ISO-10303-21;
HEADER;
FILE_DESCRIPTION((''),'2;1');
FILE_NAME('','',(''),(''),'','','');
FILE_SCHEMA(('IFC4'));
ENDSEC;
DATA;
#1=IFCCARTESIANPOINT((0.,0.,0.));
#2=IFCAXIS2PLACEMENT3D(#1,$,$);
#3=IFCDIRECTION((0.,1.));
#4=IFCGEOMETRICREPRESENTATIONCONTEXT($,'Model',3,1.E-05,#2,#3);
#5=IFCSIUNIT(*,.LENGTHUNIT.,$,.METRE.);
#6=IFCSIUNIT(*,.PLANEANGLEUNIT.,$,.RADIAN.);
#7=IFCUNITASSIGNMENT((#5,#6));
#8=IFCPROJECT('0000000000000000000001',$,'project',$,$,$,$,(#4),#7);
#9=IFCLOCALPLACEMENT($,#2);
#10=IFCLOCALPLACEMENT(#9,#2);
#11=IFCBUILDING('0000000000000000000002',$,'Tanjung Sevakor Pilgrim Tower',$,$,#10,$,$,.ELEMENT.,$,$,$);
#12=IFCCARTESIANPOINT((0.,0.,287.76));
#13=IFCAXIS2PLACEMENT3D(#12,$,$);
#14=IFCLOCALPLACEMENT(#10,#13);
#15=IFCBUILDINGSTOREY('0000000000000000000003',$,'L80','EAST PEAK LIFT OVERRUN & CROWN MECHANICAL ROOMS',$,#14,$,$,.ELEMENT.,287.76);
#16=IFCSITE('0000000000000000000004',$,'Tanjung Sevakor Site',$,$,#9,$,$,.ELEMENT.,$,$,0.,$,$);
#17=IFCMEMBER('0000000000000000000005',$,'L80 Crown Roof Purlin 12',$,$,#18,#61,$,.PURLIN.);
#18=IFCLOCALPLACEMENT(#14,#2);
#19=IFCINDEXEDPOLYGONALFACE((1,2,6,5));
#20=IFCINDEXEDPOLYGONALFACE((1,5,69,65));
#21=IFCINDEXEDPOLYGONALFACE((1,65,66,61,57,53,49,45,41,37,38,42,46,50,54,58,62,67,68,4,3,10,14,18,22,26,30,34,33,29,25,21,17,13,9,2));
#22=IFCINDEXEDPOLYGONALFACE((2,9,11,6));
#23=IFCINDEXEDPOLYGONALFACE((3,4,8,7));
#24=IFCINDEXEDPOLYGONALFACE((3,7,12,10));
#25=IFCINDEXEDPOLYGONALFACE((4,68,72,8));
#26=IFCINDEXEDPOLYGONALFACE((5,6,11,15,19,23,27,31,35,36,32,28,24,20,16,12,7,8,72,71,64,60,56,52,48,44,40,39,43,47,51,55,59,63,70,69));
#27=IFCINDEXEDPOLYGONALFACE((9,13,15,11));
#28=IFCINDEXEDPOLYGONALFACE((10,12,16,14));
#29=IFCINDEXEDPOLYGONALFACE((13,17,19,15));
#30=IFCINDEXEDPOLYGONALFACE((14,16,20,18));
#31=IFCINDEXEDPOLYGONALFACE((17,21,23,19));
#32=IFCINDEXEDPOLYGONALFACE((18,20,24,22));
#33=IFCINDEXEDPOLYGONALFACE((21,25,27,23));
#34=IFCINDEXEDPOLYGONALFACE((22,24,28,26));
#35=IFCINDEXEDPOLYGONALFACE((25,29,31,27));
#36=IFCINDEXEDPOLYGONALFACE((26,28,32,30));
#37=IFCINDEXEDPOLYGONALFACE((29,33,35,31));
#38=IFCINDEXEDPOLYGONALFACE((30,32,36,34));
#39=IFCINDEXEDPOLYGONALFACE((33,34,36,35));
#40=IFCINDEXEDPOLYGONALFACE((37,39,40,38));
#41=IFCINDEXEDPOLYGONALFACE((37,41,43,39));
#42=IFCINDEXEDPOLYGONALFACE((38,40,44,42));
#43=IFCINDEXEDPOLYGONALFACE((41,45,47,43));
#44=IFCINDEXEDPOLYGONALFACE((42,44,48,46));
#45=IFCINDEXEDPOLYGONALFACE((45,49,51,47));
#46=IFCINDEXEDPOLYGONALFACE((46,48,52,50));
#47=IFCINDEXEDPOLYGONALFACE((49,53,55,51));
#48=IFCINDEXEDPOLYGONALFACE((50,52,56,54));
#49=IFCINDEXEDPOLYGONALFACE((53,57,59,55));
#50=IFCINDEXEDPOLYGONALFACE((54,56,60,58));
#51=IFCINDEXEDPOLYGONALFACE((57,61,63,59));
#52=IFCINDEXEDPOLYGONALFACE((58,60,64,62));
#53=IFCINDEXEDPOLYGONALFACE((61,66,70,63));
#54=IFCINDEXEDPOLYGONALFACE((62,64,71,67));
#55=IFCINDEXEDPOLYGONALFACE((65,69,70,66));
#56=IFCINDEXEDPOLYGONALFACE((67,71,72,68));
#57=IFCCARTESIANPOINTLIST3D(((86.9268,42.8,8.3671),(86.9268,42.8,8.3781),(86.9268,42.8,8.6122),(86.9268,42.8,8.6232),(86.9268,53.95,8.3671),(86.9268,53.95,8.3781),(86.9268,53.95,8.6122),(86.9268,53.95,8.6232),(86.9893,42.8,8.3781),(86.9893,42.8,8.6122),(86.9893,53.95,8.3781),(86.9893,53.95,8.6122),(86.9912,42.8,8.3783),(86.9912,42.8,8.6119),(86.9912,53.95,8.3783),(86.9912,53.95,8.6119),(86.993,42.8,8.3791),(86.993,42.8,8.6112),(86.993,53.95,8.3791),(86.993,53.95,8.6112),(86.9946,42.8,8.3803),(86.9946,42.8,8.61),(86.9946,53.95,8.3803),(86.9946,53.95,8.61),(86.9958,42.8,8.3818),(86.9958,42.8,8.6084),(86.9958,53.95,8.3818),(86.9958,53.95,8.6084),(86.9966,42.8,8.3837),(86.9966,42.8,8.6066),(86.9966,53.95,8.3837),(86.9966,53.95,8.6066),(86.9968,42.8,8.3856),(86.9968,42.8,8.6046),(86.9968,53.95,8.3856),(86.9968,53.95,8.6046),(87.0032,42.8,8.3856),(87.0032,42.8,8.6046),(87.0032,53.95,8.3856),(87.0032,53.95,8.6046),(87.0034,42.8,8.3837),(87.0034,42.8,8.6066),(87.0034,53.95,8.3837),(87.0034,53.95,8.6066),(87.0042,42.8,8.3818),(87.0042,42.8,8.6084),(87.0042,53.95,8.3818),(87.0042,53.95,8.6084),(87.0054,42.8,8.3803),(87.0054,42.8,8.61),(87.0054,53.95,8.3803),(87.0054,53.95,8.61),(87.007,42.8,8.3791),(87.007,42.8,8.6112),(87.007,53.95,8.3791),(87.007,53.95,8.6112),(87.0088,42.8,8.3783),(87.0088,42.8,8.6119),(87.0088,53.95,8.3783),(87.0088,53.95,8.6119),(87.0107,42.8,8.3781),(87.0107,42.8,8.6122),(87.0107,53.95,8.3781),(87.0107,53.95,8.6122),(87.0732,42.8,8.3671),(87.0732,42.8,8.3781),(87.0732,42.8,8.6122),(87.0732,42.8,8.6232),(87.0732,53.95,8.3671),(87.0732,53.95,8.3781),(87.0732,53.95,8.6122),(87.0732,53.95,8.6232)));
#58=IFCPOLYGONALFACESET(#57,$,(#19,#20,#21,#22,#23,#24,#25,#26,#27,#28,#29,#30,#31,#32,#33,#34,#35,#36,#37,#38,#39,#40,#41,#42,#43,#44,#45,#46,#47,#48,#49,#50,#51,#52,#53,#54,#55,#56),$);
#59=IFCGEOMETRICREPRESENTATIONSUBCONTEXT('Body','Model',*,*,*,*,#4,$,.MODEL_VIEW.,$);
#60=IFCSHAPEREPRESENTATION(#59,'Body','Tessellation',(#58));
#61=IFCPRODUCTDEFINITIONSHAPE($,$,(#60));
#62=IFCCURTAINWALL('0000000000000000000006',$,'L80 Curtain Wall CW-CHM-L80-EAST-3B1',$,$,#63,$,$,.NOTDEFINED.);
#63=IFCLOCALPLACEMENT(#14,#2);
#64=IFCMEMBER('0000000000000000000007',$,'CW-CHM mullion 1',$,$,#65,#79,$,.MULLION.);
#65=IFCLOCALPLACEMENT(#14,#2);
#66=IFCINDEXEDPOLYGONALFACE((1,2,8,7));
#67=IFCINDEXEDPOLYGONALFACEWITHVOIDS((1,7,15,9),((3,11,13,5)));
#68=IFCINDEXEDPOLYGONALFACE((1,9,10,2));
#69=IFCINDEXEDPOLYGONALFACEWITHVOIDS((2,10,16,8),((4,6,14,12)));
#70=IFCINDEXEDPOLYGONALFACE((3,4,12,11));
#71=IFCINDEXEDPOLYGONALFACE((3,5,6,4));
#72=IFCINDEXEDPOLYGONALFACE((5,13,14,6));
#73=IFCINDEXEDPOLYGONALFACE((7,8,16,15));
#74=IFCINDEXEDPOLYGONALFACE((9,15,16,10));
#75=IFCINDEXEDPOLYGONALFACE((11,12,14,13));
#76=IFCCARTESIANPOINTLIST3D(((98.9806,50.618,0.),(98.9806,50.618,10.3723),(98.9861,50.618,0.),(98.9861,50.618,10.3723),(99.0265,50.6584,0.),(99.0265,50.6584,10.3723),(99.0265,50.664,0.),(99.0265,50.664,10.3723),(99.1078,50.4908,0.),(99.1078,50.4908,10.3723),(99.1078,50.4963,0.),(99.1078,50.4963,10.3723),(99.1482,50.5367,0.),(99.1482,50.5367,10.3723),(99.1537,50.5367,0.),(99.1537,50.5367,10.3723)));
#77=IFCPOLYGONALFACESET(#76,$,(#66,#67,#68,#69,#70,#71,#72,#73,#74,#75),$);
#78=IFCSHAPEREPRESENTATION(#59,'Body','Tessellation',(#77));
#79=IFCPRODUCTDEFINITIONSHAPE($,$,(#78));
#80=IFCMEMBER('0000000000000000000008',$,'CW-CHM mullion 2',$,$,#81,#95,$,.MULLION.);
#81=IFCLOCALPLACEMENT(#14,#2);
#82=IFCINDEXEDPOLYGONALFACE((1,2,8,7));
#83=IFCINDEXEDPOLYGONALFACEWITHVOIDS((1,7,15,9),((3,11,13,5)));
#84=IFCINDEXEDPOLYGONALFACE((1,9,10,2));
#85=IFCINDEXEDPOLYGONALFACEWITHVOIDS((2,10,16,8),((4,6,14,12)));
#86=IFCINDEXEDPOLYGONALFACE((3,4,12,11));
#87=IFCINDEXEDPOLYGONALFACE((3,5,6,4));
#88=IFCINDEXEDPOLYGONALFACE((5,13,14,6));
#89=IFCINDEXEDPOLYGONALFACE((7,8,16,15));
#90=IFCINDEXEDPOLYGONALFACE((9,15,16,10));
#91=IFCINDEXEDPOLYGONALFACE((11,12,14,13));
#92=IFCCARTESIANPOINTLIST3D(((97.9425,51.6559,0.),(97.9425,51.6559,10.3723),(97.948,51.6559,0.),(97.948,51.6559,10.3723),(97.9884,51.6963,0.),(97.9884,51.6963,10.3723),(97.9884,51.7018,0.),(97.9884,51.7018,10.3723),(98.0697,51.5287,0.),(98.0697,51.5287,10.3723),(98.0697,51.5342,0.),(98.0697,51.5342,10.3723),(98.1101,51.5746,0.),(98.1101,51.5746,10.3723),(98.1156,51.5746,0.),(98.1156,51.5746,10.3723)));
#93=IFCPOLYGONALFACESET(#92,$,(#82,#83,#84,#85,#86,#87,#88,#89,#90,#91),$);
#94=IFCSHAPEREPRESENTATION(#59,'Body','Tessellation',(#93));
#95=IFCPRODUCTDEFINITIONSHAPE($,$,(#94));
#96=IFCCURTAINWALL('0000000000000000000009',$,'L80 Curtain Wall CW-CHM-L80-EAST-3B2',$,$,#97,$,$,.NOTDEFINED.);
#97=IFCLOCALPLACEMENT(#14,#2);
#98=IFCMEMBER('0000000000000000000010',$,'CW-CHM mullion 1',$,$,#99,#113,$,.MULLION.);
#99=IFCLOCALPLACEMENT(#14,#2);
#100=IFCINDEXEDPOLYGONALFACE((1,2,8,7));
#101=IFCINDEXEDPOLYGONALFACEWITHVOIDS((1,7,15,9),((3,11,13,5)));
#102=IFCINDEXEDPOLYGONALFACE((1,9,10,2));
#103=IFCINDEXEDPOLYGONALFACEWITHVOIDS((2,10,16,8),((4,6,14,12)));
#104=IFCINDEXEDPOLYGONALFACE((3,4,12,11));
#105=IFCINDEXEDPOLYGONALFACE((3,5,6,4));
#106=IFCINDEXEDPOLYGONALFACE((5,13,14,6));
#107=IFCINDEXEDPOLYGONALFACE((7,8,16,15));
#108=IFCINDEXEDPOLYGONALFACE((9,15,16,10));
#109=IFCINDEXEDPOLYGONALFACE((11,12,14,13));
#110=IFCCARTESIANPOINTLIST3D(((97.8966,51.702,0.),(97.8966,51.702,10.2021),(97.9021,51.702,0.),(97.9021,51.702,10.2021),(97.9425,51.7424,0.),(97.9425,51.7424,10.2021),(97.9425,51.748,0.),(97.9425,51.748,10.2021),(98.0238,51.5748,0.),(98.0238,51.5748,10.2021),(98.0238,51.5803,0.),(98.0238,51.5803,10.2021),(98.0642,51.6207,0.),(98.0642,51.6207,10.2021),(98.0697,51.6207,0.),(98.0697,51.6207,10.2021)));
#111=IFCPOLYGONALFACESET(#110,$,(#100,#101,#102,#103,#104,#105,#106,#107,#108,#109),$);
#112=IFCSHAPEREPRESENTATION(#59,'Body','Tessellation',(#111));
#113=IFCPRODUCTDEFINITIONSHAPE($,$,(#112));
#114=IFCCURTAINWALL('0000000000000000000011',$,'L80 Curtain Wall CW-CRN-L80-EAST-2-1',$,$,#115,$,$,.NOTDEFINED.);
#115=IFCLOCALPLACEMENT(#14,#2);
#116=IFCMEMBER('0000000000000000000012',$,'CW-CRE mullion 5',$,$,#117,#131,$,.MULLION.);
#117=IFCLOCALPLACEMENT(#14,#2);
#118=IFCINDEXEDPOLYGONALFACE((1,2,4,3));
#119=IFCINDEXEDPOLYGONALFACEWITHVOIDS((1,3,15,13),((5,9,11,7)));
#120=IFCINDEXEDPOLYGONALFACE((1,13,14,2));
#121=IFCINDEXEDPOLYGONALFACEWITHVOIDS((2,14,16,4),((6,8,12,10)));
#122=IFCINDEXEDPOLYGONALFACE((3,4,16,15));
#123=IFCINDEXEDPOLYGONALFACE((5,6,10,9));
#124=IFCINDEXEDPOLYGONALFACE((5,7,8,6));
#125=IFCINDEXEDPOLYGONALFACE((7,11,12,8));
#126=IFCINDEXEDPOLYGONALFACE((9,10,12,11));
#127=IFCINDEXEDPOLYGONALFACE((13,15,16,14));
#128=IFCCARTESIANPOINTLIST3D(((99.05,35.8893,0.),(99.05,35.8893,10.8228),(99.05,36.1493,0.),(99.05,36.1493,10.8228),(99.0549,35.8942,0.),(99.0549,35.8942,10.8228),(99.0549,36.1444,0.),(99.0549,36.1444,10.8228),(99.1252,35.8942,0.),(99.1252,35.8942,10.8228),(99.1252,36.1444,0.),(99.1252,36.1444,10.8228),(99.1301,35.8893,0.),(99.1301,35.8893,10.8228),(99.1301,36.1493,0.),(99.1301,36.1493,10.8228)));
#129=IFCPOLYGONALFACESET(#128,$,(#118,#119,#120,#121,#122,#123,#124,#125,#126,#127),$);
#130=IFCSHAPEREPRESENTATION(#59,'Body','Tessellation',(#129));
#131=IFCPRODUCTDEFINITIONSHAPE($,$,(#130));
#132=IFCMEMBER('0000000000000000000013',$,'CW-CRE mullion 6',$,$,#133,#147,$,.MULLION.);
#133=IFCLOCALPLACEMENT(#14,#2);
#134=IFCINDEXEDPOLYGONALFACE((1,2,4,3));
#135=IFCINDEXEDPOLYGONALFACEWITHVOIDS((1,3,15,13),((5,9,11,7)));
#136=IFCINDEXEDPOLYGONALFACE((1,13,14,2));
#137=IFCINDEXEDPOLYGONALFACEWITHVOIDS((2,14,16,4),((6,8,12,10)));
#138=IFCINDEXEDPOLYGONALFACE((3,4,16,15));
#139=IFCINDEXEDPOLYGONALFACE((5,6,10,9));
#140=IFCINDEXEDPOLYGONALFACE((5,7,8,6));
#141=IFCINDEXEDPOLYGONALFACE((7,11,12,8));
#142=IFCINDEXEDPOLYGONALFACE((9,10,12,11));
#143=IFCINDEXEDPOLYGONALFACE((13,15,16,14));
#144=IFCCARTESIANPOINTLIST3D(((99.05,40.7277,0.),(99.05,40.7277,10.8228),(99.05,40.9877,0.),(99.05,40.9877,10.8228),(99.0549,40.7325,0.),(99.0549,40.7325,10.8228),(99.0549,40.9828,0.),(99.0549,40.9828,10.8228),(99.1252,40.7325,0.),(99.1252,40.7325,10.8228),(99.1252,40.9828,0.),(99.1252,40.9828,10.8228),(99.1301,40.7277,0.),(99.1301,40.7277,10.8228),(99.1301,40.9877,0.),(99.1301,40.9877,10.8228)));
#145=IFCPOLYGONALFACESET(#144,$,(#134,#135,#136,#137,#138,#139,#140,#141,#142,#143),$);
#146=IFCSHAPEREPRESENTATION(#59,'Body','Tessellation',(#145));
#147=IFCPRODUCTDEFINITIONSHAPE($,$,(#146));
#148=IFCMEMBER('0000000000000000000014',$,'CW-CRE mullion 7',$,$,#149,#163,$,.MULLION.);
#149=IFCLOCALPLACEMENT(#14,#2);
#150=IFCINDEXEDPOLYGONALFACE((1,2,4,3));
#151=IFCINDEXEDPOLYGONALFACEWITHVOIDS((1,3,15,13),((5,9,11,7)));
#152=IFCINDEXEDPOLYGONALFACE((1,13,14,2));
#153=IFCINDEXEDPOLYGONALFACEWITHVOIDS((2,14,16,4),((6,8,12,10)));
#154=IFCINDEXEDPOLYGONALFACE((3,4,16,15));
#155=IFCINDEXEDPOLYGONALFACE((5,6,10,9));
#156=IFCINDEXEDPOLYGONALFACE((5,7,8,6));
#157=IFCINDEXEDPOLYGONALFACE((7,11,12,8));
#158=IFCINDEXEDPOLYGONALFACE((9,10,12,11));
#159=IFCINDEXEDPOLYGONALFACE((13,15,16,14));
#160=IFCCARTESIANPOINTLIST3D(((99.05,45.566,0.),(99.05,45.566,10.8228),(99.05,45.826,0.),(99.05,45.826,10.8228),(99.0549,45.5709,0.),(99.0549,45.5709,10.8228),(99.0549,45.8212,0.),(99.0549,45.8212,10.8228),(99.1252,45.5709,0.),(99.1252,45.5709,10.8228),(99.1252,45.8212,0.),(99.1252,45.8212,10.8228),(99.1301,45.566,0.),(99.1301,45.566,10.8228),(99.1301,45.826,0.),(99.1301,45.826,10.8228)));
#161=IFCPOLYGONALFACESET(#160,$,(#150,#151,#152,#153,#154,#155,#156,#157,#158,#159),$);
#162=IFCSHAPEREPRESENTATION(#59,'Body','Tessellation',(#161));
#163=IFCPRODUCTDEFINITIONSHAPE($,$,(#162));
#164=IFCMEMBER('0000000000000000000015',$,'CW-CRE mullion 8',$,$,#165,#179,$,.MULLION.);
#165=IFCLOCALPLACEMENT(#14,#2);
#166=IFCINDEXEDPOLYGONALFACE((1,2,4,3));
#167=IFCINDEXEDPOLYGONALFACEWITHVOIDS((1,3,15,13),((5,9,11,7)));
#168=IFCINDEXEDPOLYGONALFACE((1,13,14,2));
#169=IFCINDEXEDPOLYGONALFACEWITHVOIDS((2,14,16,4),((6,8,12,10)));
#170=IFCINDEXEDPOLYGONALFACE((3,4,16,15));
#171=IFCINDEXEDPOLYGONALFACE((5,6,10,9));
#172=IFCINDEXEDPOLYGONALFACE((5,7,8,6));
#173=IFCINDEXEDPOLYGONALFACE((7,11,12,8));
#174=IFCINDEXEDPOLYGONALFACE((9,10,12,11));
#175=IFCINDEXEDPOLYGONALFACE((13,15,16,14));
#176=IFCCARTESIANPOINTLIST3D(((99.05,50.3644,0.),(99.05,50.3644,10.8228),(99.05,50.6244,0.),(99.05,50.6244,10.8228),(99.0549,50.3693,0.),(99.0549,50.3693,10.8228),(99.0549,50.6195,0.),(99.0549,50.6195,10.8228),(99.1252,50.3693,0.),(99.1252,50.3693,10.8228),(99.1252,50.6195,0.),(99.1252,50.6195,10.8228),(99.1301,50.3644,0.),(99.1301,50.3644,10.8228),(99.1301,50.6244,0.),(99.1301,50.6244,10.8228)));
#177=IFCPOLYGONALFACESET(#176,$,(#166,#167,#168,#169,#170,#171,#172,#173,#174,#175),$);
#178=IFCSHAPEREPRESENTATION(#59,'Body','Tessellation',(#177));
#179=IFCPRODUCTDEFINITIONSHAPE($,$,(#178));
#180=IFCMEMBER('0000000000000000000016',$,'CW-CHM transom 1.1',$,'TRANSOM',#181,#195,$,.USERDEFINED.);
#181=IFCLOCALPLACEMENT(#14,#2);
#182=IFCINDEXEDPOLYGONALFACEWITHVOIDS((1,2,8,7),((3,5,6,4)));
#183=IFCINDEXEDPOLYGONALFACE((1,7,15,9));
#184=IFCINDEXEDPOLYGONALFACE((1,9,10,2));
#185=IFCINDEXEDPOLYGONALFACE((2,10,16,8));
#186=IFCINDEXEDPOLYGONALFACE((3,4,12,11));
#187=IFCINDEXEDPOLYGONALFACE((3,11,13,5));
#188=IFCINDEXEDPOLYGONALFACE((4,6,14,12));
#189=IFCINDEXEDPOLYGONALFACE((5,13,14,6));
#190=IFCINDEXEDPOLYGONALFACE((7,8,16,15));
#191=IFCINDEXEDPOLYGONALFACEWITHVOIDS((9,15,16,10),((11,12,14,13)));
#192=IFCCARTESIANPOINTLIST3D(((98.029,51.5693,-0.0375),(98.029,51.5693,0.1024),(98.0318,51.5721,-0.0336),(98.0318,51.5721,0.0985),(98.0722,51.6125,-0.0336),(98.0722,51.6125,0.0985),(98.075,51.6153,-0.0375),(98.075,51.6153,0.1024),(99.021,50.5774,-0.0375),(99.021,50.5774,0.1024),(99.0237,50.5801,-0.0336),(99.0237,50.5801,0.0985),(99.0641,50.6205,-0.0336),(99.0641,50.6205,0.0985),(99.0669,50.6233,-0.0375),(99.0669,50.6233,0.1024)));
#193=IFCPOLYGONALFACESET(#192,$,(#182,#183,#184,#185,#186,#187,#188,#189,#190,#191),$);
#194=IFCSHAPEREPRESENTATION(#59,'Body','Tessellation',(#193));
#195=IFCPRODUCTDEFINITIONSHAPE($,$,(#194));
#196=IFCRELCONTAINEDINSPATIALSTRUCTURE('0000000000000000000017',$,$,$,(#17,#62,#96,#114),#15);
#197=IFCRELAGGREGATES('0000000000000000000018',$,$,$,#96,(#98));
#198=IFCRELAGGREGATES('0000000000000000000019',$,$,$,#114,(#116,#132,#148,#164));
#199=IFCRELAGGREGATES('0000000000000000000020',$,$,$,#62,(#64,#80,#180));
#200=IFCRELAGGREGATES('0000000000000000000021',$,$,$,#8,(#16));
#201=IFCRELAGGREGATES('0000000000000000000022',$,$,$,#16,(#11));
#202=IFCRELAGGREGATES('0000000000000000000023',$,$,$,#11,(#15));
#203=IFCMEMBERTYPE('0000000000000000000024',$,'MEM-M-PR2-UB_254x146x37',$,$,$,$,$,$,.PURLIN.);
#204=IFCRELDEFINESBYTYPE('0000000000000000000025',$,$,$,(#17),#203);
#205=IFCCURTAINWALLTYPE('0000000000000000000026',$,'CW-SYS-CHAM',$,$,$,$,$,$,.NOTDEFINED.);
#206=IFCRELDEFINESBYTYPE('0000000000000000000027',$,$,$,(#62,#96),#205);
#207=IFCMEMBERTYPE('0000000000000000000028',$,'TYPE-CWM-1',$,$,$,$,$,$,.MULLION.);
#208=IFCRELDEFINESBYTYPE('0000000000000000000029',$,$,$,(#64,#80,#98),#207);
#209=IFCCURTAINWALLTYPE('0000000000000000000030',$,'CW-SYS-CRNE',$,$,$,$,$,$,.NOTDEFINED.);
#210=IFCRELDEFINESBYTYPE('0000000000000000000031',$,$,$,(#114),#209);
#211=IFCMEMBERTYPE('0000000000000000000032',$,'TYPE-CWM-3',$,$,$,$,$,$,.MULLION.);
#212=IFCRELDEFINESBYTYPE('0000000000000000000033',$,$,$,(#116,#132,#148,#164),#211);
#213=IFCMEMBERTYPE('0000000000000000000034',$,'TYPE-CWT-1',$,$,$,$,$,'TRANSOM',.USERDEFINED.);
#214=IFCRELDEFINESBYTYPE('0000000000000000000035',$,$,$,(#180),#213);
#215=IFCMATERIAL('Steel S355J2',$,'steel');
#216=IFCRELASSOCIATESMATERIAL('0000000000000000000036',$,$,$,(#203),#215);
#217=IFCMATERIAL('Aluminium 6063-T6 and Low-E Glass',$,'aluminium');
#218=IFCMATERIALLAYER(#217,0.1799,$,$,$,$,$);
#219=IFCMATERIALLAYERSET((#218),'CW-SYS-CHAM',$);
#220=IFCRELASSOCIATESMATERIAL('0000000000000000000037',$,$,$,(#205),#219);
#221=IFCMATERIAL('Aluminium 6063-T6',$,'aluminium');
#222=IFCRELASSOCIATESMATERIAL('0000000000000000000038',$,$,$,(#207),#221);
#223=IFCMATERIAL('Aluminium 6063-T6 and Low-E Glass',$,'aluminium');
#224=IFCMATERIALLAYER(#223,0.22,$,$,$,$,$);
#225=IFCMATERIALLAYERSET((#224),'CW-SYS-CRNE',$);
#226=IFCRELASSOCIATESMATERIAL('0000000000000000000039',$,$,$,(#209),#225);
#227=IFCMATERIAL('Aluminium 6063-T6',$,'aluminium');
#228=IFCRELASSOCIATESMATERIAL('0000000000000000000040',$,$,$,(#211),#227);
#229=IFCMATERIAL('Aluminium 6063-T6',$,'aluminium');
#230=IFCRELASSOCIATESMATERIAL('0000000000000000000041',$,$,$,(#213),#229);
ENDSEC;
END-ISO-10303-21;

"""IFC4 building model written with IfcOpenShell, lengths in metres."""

from ifc_helpers import new_model, si_unit, direction, frame, origin, origin_2d, place, context, subcontext, project, spatial, hollow_rectangle, i_section, extrude, material, layer, layer_set, material_profile, profile_set, type_object, element, aggregate, save


model = new_model("IFC4")

# Units and contexts
model_context = context("Model", 3, precision=1e-05, world=origin(), true_north=direction((0.0, 1.0)))
body_context = subcontext(model_context, "Body", "Model", "MODEL_VIEW")
ifc_project = project(units=[si_unit("LENGTHUNIT", "METRE"), si_unit("PLANEANGLEUNIT", "RADIAN")], contexts=[model_context])

# Site, building, storey
site_placement = place(None, origin())
site = spatial("IfcSite", under=ifc_project, at=site_placement, Name="Tanjung Sevakor Site", CompositionType="ELEMENT", RefElevation=0.0)
building_placement = place(site_placement, origin())
building = spatial("IfcBuilding", under=site, at=building_placement, Name="Tanjung Sevakor Pilgrim Tower", CompositionType="ELEMENT")
storey_placement = place(building_placement, frame((0.0, 0.0, 287.76)))
storey = spatial("IfcBuildingStorey", under=building, at=storey_placement, Name="L80", Description="EAST PEAK LIFT OVERRUN & CROWN MECHANICAL ROOMS", CompositionType="ELEMENT", Elevation=287.76)

# Member
ifc_material_1 = material(Name="Steel S355J2", Category="steel")
ifc_material_profile_1 = material_profile(ifc_material_1, i_section(OverallWidth=0.1465, OverallDepth=0.2561, WebThickness=0.0063, FlangeThickness=0.011, FilletRadius=0.0076, at=origin_2d()))
ifc_profile_set_1 = profile_set([ifc_material_profile_1], Name="Steel S355J2")
member_type_1 = type_object("IfcMemberType", Name="MEM-M-PR2-UB_254x146x37", PredefinedType="PURLIN", material=ifc_profile_set_1)
member_1_placement = place(storey_placement, frame((87.0, 42.8, 8.4951), z_axis=(0.0, 1.0, 0.0), x_axis=(-1.0, 0.0, 0.0)))
element("IfcMember", 1, at=member_1_placement, inside=storey, type_object=member_type_1, Name="L80 Crown Roof Purlin 12", PredefinedType="PURLIN", context=body_context, shape_type="SweptSolid", body=[
    extrude(i_section(OverallWidth=0.1465, OverallDepth=0.2561, WebThickness=0.0063, FlangeThickness=0.011, FilletRadius=0.0076, at=origin_2d()), origin(), (0.0, 0.0, 1.0), 11.1499),
])

# Curtain wall, members
ifc_material_2 = material(Name="Aluminium 6063-T6 and Low-E Glass", Category="aluminium")
ifc_layer_1 = layer(ifc_material_2, 0.1799)
ifc_layer_set_1 = layer_set([ifc_layer_1], Name="CW-SYS-CHAM")
curtain_wall_type_1 = type_object("IfcCurtainWallType", Name="CW-SYS-CHAM", PredefinedType="NOTDEFINED", material=ifc_layer_set_1)
curtain_wall_1_placement = place(storey_placement, origin())
curtain_wall_1 = element("IfcCurtainWall", 2, at=curtain_wall_1_placement, inside=storey, type_object=curtain_wall_type_1, Name="L80 Curtain Wall CW-CHM-L80-EAST-3B1", PredefinedType="NOTDEFINED")
ifc_material_3 = material(Name="Aluminium 6063-T6", Category="aluminium")
ifc_material_profile_2 = material_profile(ifc_material_3, hollow_rectangle(XDim=0.0649, YDim=0.1799, WallThickness=0.0039, at=origin_2d()))
ifc_profile_set_2 = profile_set([ifc_material_profile_2], Name="Aluminium 6063-T6")
member_type_2 = type_object("IfcMemberType", Name="TYPE-CWM-1", PredefinedType="MULLION", material=ifc_profile_set_2)
member_2_placement = place(storey_placement, frame((99.0671, 50.5774, 0.0), z_axis=(0.0, 0.0, 1.0), x_axis=(-0.707107, -0.707107, 0.0)))
member_2 = element("IfcMember", 3, at=member_2_placement, type_object=member_type_2, Name="CW-CHM mullion 1", PredefinedType="MULLION", context=body_context, shape_type="SweptSolid", body=[
    extrude(hollow_rectangle(XDim=0.0649, YDim=0.1799, WallThickness=0.0039, at=origin_2d()), origin(), (0.0, 0.0, 1.0), 10.3723),
])
member_3_placement = place(storey_placement, frame((98.0291, 51.6152, 0.0), z_axis=(0.0, 0.0, 1.0), x_axis=(-0.707107, -0.707107, 0.0)))
member_3 = element("IfcMember", 4, at=member_3_placement, type_object=member_type_2, Name="CW-CHM mullion 2", PredefinedType="MULLION", context=body_context, shape_type="SweptSolid", body=[
    extrude(hollow_rectangle(XDim=0.0649, YDim=0.1799, WallThickness=0.0039, at=origin_2d()), origin(), (0.0, 0.0, 1.0), 10.3723),
])

# Curtain wall, member
curtain_wall_2_placement = place(storey_placement, origin())
curtain_wall_2 = element("IfcCurtainWall", 5, at=curtain_wall_2_placement, inside=storey, type_object=curtain_wall_type_1, Name="L80 Curtain Wall CW-CHM-L80-EAST-3B2", PredefinedType="NOTDEFINED")
member_4_placement = place(storey_placement, frame((97.9832, 51.6614, 0.0), z_axis=(0.0, 0.0, 1.0), x_axis=(-0.707107, -0.707107, 0.0)))
member_4 = element("IfcMember", 6, at=member_4_placement, type_object=member_type_2, Name="CW-CHM mullion 1", PredefinedType="MULLION", context=body_context, shape_type="SweptSolid", body=[
    extrude(hollow_rectangle(XDim=0.0649, YDim=0.1799, WallThickness=0.0039, at=origin_2d()), origin(), (0.0, 0.0, 1.0), 10.2021),
])
aggregate(curtain_wall_2, [member_4])

# Curtain wall, members
ifc_material_4 = material(Name="Aluminium 6063-T6 and Low-E Glass", Category="aluminium")
ifc_layer_2 = layer(ifc_material_4, 0.22)
ifc_layer_set_2 = layer_set([ifc_layer_2], Name="CW-SYS-CRNE")
curtain_wall_type_2 = type_object("IfcCurtainWallType", Name="CW-SYS-CRNE", PredefinedType="NOTDEFINED", material=ifc_layer_set_2)
curtain_wall_3_placement = place(storey_placement, origin())
curtain_wall_3 = element("IfcCurtainWall", 7, at=curtain_wall_3_placement, inside=storey, type_object=curtain_wall_type_2, Name="L80 Curtain Wall CW-CRN-L80-EAST-2-1", PredefinedType="NOTDEFINED")
ifc_material_5 = material(Name="Aluminium 6063-T6", Category="aluminium")
ifc_material_profile_3 = material_profile(ifc_material_5, hollow_rectangle(XDim=0.0801, YDim=0.26, WallThickness=0.0049, at=origin_2d()))
ifc_profile_set_3 = profile_set([ifc_material_profile_3], Name="Aluminium 6063-T6")
member_type_3 = type_object("IfcMemberType", Name="TYPE-CWM-3", PredefinedType="MULLION", material=ifc_profile_set_3)
member_5_placement = place(storey_placement, frame((99.0901, 36.0193, 0.0), z_axis=(0.0, 0.0, 1.0), x_axis=(-1.0, 0.0, 0.0)))
member_5 = element("IfcMember", 8, at=member_5_placement, type_object=member_type_3, Name="CW-CRE mullion 5", PredefinedType="MULLION", context=body_context, shape_type="SweptSolid", body=[
    extrude(hollow_rectangle(XDim=0.0801, YDim=0.26, WallThickness=0.0049, at=origin_2d()), origin(), (0.0, 0.0, 1.0), 10.8228),
])
member_6_placement = place(storey_placement, frame((99.0901, 40.8577, 0.0), z_axis=(0.0, 0.0, 1.0), x_axis=(-1.0, 0.0, 0.0)))
member_6 = element("IfcMember", 9, at=member_6_placement, type_object=member_type_3, Name="CW-CRE mullion 6", PredefinedType="MULLION", context=body_context, shape_type="SweptSolid", body=[
    extrude(hollow_rectangle(XDim=0.0801, YDim=0.26, WallThickness=0.0049, at=origin_2d()), origin(), (0.0, 0.0, 1.0), 10.8228),
])
member_7_placement = place(storey_placement, frame((99.0901, 45.696, 0.0), z_axis=(0.0, 0.0, 1.0), x_axis=(-1.0, 0.0, 0.0)))
member_7 = element("IfcMember", 10, at=member_7_placement, type_object=member_type_3, Name="CW-CRE mullion 7", PredefinedType="MULLION", context=body_context, shape_type="SweptSolid", body=[
    extrude(hollow_rectangle(XDim=0.0801, YDim=0.26, WallThickness=0.0049, at=origin_2d()), origin(), (0.0, 0.0, 1.0), 10.8228),
])
member_8_placement = place(storey_placement, frame((99.0901, 50.4944, 0.0), z_axis=(0.0, 0.0, 1.0), x_axis=(-1.0, 0.0, 0.0)))
member_8 = element("IfcMember", 11, at=member_8_placement, type_object=member_type_3, Name="CW-CRE mullion 8", PredefinedType="MULLION", context=body_context, shape_type="SweptSolid", body=[
    extrude(hollow_rectangle(XDim=0.0801, YDim=0.26, WallThickness=0.0049, at=origin_2d()), origin(), (0.0, 0.0, 1.0), 10.8228),
])

# Member
ifc_material_6 = material(Name="Aluminium 6063-T6", Category="aluminium")
ifc_material_profile_4 = material_profile(ifc_material_6, hollow_rectangle(XDim=0.0649, YDim=0.1399, WallThickness=0.0039, at=origin_2d()))
ifc_profile_set_4 = profile_set([ifc_material_profile_4], Name="Aluminium 6063-T6")
member_type_4 = type_object("IfcMemberType", Name="TYPE-CWT-1", ElementType="TRANSOM", PredefinedType="USERDEFINED", material=ifc_profile_set_4)
member_9_placement = place(storey_placement, frame((99.0439, 50.6003, 0.0325), z_axis=(-0.707107, 0.707107, 0.0), x_axis=(-0.707107, -0.707107, 0.0)))
member_9 = element("IfcMember", 12, at=member_9_placement, type_object=member_type_4, Name="CW-CHM transom 1.1", ObjectType="TRANSOM", PredefinedType="USERDEFINED", context=body_context, shape_type="SweptSolid", body=[
    extrude(hollow_rectangle(XDim=0.0649, YDim=0.1399, WallThickness=0.0039, at=origin_2d()), origin(), (0.0, 0.0, 1.0), 1.4028),
])

aggregate(curtain_wall_3, [member_5, member_6, member_7, member_8])
aggregate(curtain_wall_1, [member_2, member_3, member_9])

save(model, "model.ifc")
